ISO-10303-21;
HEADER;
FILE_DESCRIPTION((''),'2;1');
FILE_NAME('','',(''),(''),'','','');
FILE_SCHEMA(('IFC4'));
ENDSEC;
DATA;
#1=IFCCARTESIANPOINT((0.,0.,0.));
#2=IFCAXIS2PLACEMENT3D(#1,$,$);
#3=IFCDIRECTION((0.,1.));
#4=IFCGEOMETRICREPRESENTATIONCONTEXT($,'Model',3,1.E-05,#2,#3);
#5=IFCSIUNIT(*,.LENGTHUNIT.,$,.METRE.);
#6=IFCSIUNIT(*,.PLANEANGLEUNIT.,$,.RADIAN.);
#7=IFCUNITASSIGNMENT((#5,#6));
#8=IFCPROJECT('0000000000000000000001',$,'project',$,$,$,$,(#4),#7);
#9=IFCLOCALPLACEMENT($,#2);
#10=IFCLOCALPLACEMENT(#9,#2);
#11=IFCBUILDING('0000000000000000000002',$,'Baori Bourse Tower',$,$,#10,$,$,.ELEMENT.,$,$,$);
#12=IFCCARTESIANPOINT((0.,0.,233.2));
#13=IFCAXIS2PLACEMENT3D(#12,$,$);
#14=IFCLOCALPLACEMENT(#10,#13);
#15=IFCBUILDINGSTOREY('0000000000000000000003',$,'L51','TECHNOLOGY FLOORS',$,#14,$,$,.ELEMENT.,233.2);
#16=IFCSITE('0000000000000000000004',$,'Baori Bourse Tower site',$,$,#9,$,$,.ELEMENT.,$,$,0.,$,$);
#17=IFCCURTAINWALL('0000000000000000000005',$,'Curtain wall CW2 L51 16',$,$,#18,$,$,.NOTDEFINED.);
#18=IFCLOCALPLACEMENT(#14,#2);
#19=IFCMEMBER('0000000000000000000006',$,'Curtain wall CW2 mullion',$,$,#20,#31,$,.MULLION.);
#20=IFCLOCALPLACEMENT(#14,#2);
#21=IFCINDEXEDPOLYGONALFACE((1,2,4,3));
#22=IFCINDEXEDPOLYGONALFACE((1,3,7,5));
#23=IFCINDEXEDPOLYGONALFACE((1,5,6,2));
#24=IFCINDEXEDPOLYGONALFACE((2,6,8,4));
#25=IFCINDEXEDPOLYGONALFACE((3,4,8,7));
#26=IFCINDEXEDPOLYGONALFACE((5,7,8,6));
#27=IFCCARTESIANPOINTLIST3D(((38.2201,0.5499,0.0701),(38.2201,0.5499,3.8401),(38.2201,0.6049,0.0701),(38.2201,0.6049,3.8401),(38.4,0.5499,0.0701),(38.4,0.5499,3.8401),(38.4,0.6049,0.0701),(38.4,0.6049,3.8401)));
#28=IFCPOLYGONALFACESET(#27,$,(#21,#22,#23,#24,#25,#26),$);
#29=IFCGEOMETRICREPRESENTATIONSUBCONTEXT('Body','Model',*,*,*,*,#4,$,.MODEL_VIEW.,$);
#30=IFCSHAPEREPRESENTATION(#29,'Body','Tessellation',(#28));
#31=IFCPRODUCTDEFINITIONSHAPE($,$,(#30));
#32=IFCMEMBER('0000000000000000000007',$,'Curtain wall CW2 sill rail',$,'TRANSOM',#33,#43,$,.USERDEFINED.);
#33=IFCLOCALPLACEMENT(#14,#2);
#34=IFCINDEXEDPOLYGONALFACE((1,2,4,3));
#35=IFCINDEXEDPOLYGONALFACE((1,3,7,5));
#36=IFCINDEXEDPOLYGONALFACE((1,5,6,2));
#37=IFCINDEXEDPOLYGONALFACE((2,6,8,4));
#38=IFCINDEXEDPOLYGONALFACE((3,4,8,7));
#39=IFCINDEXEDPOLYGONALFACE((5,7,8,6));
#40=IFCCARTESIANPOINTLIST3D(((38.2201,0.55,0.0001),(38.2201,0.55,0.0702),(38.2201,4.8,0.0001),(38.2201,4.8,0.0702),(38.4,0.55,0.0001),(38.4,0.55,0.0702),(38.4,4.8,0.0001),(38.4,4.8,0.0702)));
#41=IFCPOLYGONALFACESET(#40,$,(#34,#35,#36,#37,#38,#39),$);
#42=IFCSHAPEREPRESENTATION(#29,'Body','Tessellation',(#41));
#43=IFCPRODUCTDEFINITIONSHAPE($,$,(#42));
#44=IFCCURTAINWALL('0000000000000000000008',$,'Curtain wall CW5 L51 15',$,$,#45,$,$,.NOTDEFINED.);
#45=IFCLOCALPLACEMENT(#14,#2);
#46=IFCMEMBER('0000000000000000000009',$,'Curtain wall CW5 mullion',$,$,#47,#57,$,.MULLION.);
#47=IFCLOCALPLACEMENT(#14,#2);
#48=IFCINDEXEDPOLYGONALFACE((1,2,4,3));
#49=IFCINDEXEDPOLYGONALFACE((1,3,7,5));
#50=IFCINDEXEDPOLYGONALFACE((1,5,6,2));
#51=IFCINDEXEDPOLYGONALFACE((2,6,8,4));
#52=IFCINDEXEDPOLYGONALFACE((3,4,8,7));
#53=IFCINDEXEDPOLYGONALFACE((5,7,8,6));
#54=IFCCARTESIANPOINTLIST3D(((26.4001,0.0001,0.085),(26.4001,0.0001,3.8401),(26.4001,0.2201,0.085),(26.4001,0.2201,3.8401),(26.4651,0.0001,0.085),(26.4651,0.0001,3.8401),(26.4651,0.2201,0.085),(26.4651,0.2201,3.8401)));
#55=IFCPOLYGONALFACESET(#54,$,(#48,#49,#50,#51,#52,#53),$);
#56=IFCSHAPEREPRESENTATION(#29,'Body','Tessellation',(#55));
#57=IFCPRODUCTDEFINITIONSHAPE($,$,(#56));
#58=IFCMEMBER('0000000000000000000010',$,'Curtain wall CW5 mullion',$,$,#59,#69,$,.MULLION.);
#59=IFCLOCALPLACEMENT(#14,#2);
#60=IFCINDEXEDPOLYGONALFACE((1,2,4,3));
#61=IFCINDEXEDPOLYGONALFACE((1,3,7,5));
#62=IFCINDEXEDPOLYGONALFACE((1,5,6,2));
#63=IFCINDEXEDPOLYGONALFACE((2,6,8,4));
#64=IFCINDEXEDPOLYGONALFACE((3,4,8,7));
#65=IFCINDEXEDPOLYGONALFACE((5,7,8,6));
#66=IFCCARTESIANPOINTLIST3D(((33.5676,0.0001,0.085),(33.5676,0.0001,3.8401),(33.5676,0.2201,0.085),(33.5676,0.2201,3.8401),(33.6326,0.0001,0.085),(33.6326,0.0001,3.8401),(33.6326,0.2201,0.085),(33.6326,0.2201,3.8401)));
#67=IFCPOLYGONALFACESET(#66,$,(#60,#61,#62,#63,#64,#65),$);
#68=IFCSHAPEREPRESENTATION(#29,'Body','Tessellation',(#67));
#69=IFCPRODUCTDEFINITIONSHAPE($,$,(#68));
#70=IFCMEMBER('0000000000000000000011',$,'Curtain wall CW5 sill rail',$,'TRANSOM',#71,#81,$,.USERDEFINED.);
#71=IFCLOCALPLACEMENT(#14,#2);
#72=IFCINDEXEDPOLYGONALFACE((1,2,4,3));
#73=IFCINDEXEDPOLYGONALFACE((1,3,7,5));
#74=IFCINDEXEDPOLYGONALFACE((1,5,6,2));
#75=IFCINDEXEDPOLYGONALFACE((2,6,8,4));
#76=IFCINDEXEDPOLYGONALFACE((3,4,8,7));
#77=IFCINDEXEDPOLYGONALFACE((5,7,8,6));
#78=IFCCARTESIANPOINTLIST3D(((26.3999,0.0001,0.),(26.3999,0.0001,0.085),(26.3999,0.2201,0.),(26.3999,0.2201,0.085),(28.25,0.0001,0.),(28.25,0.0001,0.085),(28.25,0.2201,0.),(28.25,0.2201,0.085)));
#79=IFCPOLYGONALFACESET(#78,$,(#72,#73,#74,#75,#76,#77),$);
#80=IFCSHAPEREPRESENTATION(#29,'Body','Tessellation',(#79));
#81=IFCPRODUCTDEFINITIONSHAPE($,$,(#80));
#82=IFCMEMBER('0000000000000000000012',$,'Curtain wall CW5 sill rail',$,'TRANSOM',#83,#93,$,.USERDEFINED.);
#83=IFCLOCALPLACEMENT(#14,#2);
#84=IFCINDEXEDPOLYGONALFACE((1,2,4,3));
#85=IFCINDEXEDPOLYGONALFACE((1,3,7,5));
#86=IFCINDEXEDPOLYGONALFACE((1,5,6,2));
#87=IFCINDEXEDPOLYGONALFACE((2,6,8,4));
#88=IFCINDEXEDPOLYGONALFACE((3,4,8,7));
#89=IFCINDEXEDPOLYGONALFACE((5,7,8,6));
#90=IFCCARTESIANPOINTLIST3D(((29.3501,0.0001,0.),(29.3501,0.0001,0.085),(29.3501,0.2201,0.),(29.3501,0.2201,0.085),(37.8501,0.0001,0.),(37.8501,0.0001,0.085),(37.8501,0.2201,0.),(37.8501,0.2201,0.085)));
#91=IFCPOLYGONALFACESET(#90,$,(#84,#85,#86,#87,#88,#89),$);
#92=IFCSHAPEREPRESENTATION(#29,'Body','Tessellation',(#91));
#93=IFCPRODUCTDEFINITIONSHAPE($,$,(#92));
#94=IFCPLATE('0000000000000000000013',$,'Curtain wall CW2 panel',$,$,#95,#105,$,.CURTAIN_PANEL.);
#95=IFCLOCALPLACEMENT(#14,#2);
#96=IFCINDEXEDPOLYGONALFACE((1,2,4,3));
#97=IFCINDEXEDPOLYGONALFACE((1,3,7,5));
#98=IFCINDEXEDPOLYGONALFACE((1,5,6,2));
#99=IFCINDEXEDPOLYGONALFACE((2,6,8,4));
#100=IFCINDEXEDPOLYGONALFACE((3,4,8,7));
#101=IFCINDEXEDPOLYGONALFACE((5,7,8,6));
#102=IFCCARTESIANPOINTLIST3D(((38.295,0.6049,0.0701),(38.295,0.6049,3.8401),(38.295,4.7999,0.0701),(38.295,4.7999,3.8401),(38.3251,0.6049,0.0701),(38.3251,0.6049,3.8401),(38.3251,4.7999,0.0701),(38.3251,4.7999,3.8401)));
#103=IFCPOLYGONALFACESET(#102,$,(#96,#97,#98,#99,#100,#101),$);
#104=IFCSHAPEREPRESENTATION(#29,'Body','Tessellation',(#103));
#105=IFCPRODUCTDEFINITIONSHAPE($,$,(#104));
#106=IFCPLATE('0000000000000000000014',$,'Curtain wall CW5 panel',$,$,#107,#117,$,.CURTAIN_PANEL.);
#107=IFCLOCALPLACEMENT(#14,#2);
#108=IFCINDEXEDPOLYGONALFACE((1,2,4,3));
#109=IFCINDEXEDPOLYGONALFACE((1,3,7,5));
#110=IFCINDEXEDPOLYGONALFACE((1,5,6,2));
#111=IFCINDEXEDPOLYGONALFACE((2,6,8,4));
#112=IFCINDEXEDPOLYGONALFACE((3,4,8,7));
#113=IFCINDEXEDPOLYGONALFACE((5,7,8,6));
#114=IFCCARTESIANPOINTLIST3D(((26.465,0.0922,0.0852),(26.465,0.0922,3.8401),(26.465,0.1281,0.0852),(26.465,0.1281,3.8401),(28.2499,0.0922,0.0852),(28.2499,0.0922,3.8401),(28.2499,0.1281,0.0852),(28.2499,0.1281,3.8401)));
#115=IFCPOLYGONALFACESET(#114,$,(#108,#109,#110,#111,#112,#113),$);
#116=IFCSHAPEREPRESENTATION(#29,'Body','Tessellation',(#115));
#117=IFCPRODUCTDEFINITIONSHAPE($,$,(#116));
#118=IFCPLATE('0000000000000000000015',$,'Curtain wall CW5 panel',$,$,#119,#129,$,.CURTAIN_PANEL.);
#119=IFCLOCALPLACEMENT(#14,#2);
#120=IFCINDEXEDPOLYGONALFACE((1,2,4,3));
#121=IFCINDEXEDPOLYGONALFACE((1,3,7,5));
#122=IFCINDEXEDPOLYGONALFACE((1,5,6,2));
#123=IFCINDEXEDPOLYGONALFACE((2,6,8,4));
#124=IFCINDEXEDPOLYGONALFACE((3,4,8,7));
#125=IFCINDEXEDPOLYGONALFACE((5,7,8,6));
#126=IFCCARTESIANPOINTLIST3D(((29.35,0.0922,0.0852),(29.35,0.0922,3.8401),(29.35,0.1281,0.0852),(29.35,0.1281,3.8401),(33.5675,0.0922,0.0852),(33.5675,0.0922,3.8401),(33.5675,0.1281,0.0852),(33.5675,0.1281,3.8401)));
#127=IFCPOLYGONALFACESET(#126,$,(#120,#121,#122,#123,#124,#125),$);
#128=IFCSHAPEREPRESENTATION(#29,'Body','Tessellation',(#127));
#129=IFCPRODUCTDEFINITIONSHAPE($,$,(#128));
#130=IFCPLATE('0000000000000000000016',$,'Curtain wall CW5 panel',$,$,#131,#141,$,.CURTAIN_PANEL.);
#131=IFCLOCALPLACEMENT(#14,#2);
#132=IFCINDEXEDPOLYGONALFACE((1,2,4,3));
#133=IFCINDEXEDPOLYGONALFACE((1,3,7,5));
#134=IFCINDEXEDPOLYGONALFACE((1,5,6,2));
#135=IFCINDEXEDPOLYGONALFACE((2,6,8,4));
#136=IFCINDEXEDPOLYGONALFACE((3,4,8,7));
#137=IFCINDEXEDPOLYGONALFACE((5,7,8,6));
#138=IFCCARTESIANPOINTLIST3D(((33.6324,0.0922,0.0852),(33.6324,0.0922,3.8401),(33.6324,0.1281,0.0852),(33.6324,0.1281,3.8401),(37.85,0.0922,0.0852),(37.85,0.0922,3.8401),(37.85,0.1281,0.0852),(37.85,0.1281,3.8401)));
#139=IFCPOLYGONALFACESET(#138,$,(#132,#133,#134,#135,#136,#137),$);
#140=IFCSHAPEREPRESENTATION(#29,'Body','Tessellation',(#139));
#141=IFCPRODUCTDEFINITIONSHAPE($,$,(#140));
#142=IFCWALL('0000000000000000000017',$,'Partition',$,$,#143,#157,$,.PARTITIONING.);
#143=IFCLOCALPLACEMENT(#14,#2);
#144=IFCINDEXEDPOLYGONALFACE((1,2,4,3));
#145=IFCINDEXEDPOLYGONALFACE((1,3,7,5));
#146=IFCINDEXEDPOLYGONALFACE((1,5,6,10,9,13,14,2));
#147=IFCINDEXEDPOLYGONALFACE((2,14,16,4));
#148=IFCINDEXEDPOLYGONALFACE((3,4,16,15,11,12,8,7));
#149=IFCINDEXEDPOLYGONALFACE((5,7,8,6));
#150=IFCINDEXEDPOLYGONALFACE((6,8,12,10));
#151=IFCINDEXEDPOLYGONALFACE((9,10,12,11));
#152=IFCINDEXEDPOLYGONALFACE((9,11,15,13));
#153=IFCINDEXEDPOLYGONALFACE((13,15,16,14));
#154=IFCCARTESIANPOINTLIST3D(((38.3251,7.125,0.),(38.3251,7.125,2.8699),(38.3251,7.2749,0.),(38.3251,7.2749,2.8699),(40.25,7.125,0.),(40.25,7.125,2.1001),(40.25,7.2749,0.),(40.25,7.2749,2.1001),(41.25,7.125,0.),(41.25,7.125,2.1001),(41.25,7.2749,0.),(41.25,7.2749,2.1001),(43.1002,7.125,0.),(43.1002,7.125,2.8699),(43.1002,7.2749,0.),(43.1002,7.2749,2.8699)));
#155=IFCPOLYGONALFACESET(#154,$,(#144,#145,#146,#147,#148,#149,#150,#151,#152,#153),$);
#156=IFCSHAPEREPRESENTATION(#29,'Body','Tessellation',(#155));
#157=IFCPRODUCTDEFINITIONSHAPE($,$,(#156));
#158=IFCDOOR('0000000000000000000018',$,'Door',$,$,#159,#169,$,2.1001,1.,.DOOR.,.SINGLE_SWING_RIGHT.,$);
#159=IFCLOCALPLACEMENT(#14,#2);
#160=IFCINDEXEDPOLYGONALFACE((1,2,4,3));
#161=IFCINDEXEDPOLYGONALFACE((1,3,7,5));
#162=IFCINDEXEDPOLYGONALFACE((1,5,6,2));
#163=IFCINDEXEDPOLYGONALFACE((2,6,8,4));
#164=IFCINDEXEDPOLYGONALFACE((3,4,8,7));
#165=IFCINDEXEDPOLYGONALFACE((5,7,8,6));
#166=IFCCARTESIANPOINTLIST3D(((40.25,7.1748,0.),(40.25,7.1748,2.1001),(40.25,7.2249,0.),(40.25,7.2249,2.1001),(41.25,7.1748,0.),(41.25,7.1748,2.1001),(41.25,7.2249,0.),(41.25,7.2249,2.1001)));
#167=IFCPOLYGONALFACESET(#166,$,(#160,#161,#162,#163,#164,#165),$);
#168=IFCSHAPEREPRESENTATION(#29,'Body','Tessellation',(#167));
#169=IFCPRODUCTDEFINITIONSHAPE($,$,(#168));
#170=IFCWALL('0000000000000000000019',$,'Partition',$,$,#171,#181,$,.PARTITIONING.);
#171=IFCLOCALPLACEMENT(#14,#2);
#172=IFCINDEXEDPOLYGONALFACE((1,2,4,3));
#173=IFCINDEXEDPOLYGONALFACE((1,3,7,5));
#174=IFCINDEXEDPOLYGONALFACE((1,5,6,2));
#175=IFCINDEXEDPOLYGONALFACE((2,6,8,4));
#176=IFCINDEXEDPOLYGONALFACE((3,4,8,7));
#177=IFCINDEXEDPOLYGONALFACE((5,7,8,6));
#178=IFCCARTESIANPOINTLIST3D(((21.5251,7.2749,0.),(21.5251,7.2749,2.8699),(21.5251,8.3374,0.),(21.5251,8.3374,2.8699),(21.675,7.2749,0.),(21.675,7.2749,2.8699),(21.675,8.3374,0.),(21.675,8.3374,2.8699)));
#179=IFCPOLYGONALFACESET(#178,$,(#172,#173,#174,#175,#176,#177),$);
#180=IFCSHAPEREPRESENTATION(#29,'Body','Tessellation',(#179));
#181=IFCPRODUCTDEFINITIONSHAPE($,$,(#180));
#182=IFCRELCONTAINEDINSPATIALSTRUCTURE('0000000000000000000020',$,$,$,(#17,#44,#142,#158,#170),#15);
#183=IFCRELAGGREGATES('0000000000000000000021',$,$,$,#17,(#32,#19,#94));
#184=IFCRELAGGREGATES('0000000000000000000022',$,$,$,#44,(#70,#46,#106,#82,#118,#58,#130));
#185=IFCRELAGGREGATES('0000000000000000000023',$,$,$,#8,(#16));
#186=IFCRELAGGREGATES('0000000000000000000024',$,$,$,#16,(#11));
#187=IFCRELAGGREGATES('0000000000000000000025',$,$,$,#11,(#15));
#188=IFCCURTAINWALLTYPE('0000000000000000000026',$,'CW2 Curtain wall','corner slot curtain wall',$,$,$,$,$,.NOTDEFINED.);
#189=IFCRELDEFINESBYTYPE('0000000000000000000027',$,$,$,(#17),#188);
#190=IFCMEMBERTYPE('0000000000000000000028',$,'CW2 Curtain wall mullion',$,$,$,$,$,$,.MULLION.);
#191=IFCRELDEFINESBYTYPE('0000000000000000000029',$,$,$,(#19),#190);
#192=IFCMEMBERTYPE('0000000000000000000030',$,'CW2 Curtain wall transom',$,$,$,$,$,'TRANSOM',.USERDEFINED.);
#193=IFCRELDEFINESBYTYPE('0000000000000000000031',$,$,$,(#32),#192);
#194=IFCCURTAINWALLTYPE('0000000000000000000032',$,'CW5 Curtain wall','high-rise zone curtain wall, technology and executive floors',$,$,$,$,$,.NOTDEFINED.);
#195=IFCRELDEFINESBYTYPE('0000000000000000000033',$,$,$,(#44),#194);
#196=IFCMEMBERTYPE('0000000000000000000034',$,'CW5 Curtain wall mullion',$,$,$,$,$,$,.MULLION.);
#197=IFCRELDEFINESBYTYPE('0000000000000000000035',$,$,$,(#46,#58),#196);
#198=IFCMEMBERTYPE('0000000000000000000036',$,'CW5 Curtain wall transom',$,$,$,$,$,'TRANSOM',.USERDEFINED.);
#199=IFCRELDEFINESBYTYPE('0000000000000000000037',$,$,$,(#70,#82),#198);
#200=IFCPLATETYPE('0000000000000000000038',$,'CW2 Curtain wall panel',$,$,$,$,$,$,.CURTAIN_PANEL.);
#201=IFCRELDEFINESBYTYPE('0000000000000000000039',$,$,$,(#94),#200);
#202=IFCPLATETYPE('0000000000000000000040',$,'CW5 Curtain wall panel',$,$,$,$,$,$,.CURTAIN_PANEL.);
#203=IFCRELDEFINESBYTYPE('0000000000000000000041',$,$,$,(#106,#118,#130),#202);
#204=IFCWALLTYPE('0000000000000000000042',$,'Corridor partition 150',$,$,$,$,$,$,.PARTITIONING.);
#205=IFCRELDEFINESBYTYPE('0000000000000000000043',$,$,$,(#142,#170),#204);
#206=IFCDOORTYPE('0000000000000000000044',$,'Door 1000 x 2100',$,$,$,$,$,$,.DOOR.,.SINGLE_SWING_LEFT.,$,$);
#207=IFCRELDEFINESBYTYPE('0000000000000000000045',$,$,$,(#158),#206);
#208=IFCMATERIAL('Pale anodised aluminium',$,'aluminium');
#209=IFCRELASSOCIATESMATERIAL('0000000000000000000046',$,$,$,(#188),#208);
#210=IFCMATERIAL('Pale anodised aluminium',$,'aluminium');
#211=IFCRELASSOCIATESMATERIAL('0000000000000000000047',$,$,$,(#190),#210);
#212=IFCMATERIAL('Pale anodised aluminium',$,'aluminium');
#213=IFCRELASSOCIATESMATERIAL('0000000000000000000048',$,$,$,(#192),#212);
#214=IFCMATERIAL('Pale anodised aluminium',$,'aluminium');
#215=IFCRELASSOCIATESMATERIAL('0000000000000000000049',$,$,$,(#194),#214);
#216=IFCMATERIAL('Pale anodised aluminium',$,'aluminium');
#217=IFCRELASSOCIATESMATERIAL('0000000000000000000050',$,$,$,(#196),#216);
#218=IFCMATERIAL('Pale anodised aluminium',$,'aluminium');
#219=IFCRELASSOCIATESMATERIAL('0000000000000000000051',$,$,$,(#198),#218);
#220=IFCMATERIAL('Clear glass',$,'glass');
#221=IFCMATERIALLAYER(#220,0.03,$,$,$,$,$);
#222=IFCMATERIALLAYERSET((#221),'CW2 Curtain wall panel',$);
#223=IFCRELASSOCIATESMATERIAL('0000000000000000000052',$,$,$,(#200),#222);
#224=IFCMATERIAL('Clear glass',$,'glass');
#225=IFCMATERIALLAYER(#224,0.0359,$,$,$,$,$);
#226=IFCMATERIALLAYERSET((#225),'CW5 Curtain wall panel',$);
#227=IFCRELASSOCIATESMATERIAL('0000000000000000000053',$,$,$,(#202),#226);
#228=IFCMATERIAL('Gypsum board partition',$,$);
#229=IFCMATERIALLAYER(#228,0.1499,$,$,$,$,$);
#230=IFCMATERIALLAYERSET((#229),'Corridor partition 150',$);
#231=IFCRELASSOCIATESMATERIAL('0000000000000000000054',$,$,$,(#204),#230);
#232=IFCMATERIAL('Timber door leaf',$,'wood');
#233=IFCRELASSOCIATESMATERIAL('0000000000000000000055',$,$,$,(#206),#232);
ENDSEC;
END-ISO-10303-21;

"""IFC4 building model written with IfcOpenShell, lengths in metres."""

from ifc_helpers import new_model, si_unit, direction, frame, frame_2d, origin, origin_2d, place, context, subcontext, project, spatial, rectangle, extrude, material, layer, layer_set, material_profile, profile_set, type_object, element, fill, aggregate, save


model = new_model("IFC4")

# Units and contexts
model_context = context("Model", 3, precision=1e-05, world=origin(), true_north=direction((0.0, 1.0)))
body_context = subcontext(model_context, "Body", "Model", "MODEL_VIEW")
ifc_project = project(units=[si_unit("LENGTHUNIT", "METRE"), si_unit("PLANEANGLEUNIT", "RADIAN")], contexts=[model_context])

# Site, building, storey
site_placement = place(None, origin())
site = spatial("IfcSite", under=ifc_project, at=site_placement, Name="Baori Bourse Tower site", CompositionType="ELEMENT", RefElevation=0.0)
building_placement = place(site_placement, origin())
building = spatial("IfcBuilding", under=site, at=building_placement, Name="Baori Bourse Tower", CompositionType="ELEMENT")
storey_placement = place(building_placement, frame((0.0, 0.0, 233.2)))
storey = spatial("IfcBuildingStorey", under=building, at=storey_placement, Name="L51", Description="TECHNOLOGY FLOORS", CompositionType="ELEMENT", Elevation=233.2)

# Curtain walls, members
ifc_material_1 = material(Name="Pale anodised aluminium", Category="aluminium")
curtain_wall_type_1 = type_object("IfcCurtainWallType", Name="CW2 Curtain wall", Description="corner slot curtain wall", PredefinedType="NOTDEFINED", material=ifc_material_1)
curtain_wall_1_placement = place(storey_placement, origin())
curtain_wall_1 = element("IfcCurtainWall", 1, at=curtain_wall_1_placement, inside=storey, type_object=curtain_wall_type_1, Name="Curtain wall CW2 L51 16", PredefinedType="NOTDEFINED")
ifc_material_2 = material(Name="Pale anodised aluminium", Category="aluminium")
ifc_material_profile_1 = material_profile(ifc_material_2, rectangle(XDim=0.1799, YDim=0.0549, at=origin_2d()), Name="Mullion 55x180")
ifc_profile_set_1 = profile_set([ifc_material_profile_1], Name="Pale anodised aluminium")
member_type_1 = type_object("IfcMemberType", Name="CW2 Curtain wall mullion", PredefinedType="MULLION", material=ifc_profile_set_1)
member_1_placement = place(storey_placement, frame((38.3101, 0.5774, 0.0701), z_axis=(0.0, 0.0, 1.0), x_axis=(-1.0, 0.0, 0.0)))
member_1 = element("IfcMember", 2, at=member_1_placement, type_object=member_type_1, Name="Curtain wall CW2 mullion", PredefinedType="MULLION", context=body_context, shape_type="SweptSolid", body=[
    extrude(rectangle(XDim=0.1799, YDim=0.0549, at=origin_2d()), origin(), (0.0, 0.0, 1.0), 3.77),
])
ifc_material_3 = material(Name="Pale anodised aluminium", Category="aluminium")
ifc_material_profile_2 = material_profile(ifc_material_3, rectangle(XDim=0.1799, YDim=0.0701, at=origin_2d()), Name="Transom 70x180")
ifc_profile_set_2 = profile_set([ifc_material_profile_2], Name="Pale anodised aluminium")
member_type_2 = type_object("IfcMemberType", Name="CW2 Curtain wall transom", ElementType="TRANSOM", PredefinedType="USERDEFINED", material=ifc_profile_set_2)
member_2_placement = place(storey_placement, frame((38.3101, 0.55, 0.0352), z_axis=(0.0, 1.0, 0.0), x_axis=(-1.0, 0.0, 0.0)))
member_2 = element("IfcMember", 3, at=member_2_placement, type_object=member_type_2, Name="Curtain wall CW2 sill rail", ObjectType="TRANSOM", PredefinedType="USERDEFINED", context=body_context, shape_type="SweptSolid", body=[
    extrude(rectangle(XDim=0.1799, YDim=0.0701, at=origin_2d()), origin(), (0.0, 0.0, 1.0), 4.25),
])
ifc_material_4 = material(Name="Pale anodised aluminium", Category="aluminium")
curtain_wall_type_2 = type_object("IfcCurtainWallType", Name="CW5 Curtain wall", Description="high-rise zone curtain wall, technology and executive floors", PredefinedType="NOTDEFINED", material=ifc_material_4)
curtain_wall_2_placement = place(storey_placement, origin())
curtain_wall_2 = element("IfcCurtainWall", 4, at=curtain_wall_2_placement, inside=storey, type_object=curtain_wall_type_2, Name="Curtain wall CW5 L51 15", PredefinedType="NOTDEFINED")
ifc_material_5 = material(Name="Pale anodised aluminium", Category="aluminium")
ifc_material_profile_3 = material_profile(ifc_material_5, rectangle(XDim=0.22, YDim=0.0649, at=origin_2d()), Name="Mullion 65x220")
ifc_profile_set_3 = profile_set([ifc_material_profile_3], Name="Pale anodised aluminium")
member_type_3 = type_object("IfcMemberType", Name="CW5 Curtain wall mullion", PredefinedType="MULLION", material=ifc_profile_set_3)
member_3_placement = place(storey_placement, frame((26.4326, 0.1101, 0.085), z_axis=(0.0, 0.0, 1.0), x_axis=(0.0, 1.0, 0.0)))
member_3 = element("IfcMember", 5, at=member_3_placement, type_object=member_type_3, Name="Curtain wall CW5 mullion", PredefinedType="MULLION", context=body_context, shape_type="SweptSolid", body=[
    extrude(rectangle(XDim=0.22, YDim=0.0649, at=origin_2d()), origin(), (0.0, 0.0, 1.0), 3.7551),
])
member_4_placement = place(storey_placement, frame((33.6001, 0.1101, 0.085), z_axis=(0.0, 0.0, 1.0), x_axis=(0.0, 1.0, 0.0)))
member_4 = element("IfcMember", 6, at=member_4_placement, type_object=member_type_3, Name="Curtain wall CW5 mullion", PredefinedType="MULLION", context=body_context, shape_type="SweptSolid", body=[
    extrude(rectangle(XDim=0.22, YDim=0.0649, at=origin_2d()), origin(), (0.0, 0.0, 1.0), 3.7551),
])
ifc_material_6 = material(Name="Pale anodised aluminium", Category="aluminium")
ifc_material_profile_4 = material_profile(ifc_material_6, rectangle(XDim=0.22, YDim=0.085, at=origin_2d()), Name="Transom 85x220")
ifc_profile_set_4 = profile_set([ifc_material_profile_4], Name="Pale anodised aluminium")
member_type_4 = type_object("IfcMemberType", Name="CW5 Curtain wall transom", ElementType="TRANSOM", PredefinedType="USERDEFINED", material=ifc_profile_set_4)
member_5_placement = place(storey_placement, frame((26.3999, 0.1101, 0.0425), z_axis=(1.0, 0.0, 0.0), x_axis=(0.0, 1.0, 0.0)))
member_5 = element("IfcMember", 7, at=member_5_placement, type_object=member_type_4, Name="Curtain wall CW5 sill rail", ObjectType="TRANSOM", PredefinedType="USERDEFINED", context=body_context, shape_type="SweptSolid", body=[
    extrude(rectangle(XDim=0.22, YDim=0.085, at=origin_2d()), origin(), (0.0, 0.0, 1.0), 1.8501),
])
member_6_placement = place(storey_placement, frame((29.3501, 0.1101, 0.0425), z_axis=(1.0, 0.0, 0.0), x_axis=(0.0, 1.0, 0.0)))
member_6 = element("IfcMember", 8, at=member_6_placement, type_object=member_type_4, Name="Curtain wall CW5 sill rail", ObjectType="TRANSOM", PredefinedType="USERDEFINED", context=body_context, shape_type="SweptSolid", body=[
    extrude(rectangle(XDim=0.22, YDim=0.085, at=origin_2d()), origin(), (0.0, 0.0, 1.0), 8.5),
])

# Plates
ifc_material_7 = material(Name="Clear glass", Category="glass")
ifc_layer_1 = layer(ifc_material_7, 0.03)
ifc_layer_set_1 = layer_set([ifc_layer_1], Name="CW2 Curtain wall panel")
plate_type_1 = type_object("IfcPlateType", Name="CW2 Curtain wall panel", PredefinedType="CURTAIN_PANEL", material=ifc_layer_set_1)
plate_1_placement = place(storey_placement, frame((38.3101, 2.7024, 0.0701), z_axis=(0.0, 0.0, 1.0), x_axis=(0.0, 1.0, 0.0)))
plate_1 = element("IfcPlate", 9, at=plate_1_placement, type_object=plate_type_1, Name="Curtain wall CW2 panel", PredefinedType="CURTAIN_PANEL", context=body_context, shape_type="SweptSolid", body=[
    extrude(rectangle(XDim=4.1951, YDim=0.03, at=origin_2d()), origin(), (0.0, 0.0, 1.0), 3.77),
])
aggregate(curtain_wall_1, [member_2, member_1, plate_1])
ifc_material_8 = material(Name="Clear glass", Category="glass")
ifc_layer_2 = layer(ifc_material_8, 0.0359)
ifc_layer_set_2 = layer_set([ifc_layer_2], Name="CW5 Curtain wall panel")
plate_type_2 = type_object("IfcPlateType", Name="CW5 Curtain wall panel", PredefinedType="CURTAIN_PANEL", material=ifc_layer_set_2)
plate_2_placement = place(storey_placement, frame((27.3574, 0.1101, 0.0852), z_axis=(0.0, 0.0, 1.0), x_axis=(1.0, 0.0, 0.0)))
plate_2 = element("IfcPlate", 10, at=plate_2_placement, type_object=plate_type_2, Name="Curtain wall CW5 panel", PredefinedType="CURTAIN_PANEL", context=body_context, shape_type="SweptSolid", body=[
    extrude(rectangle(XDim=1.7849, YDim=0.0359, at=origin_2d()), origin(), (0.0, 0.0, 1.0), 3.7549),
])
plate_3_placement = place(storey_placement, frame((31.4587, 0.1101, 0.0852), z_axis=(0.0, 0.0, 1.0), x_axis=(1.0, 0.0, 0.0)))
plate_3 = element("IfcPlate", 11, at=plate_3_placement, type_object=plate_type_2, Name="Curtain wall CW5 panel", PredefinedType="CURTAIN_PANEL", context=body_context, shape_type="SweptSolid", body=[
    extrude(rectangle(XDim=4.2175, YDim=0.0359, at=origin_2d()), origin(), (0.0, 0.0, 1.0), 3.7549),
])
plate_4_placement = place(storey_placement, frame((35.7412, 0.1101, 0.0852), z_axis=(0.0, 0.0, 1.0), x_axis=(1.0, 0.0, 0.0)))
plate_4 = element("IfcPlate", 12, at=plate_4_placement, type_object=plate_type_2, Name="Curtain wall CW5 panel", PredefinedType="CURTAIN_PANEL", context=body_context, shape_type="SweptSolid", body=[
    extrude(rectangle(XDim=4.2175, YDim=0.0359, at=origin_2d()), origin(), (0.0, 0.0, 1.0), 3.7549),
])
aggregate(curtain_wall_2, [member_5, member_3, plate_2, member_6, plate_3, member_4, plate_4])

# Wall, opening, door
ifc_material_9 = material(Name="Gypsum board partition")
ifc_layer_3 = layer(ifc_material_9, 0.1499)
ifc_layer_set_3 = layer_set([ifc_layer_3], Name="Corridor partition 150")
wall_type_1 = type_object("IfcWallType", Name="Corridor partition 150", PredefinedType="PARTITIONING", material=ifc_layer_set_3)
wall_1_placement = place(storey_placement, frame((38.325, 7.2, 0.0), z_axis=(0.0, 0.0, 1.0), x_axis=(1.0, 0.0, 0.0)))
wall_1 = element("IfcWall", 13, at=wall_1_placement, inside=storey, type_object=wall_type_1, Name="Partition", PredefinedType="PARTITIONING", context=body_context, shape_type="SweptSolid", body=[
    extrude(rectangle(XDim=4.7751, YDim=0.1499, at=frame_2d((2.3877, 0.0))), origin(), (0.0, 0.0, 1.0), 2.8699),
])
opening_1_placement = place(wall_1_placement, frame((1.925, 0.0, 0.0)))
opening_1 = element("IfcOpeningElement", 14, at=opening_1_placement, cuts=wall_1, PredefinedType="OPENING", context=body_context, shape_type="SweptSolid", body=[
    extrude(rectangle(XDim=1.0, YDim=2.1001, at=frame_2d((0.5, 1.05))), frame((0.0, 0.085, 0.0), z_axis=(0.0, -1.0, 0.0), x_axis=(1.0, 0.0, 0.0)), (0.0, 0.0, 1.0), 0.1699),
])
ifc_material_10 = material(Name="Timber door leaf", Category="wood")
door_type = type_object("IfcDoorType", Name="Door 1000 x 2100", OperationType="SINGLE_SWING_LEFT", PredefinedType="DOOR", material=ifc_material_10)
door_1_placement = place(opening_1_placement, origin())
door_1 = element("IfcDoor", 15, at=door_1_placement, inside=storey, type_object=door_type, Name="Door", OperationType="SINGLE_SWING_RIGHT", OverallHeight=2.1001, OverallWidth=1.0, PredefinedType="DOOR", context=body_context, shape_type="SweptSolid", body=[
    extrude(rectangle(XDim=1.0, YDim=2.1001, at=frame_2d((0.5, 1.05))), frame((0.0, 0.0249, 0.0), z_axis=(0.0, -1.0, 0.0), x_axis=(1.0, 0.0, 0.0)), (0.0, 0.0, 1.0), 0.05),
])
fill(opening_1, door_1)

# Wall
wall_2_placement = place(storey_placement, frame((21.6001, 7.2749, 0.0), z_axis=(0.0, 0.0, 1.0), x_axis=(0.0, 1.0, 0.0)))
element("IfcWall", 16, at=wall_2_placement, inside=storey, type_object=wall_type_1, Name="Partition", PredefinedType="PARTITIONING", context=body_context, shape_type="SweptSolid", body=[
    extrude(rectangle(XDim=1.0625, YDim=0.1499, at=frame_2d((0.5312, 0.0))), origin(), (0.0, 0.0, 1.0), 2.8699),
])

save(model, "model.ifc")
